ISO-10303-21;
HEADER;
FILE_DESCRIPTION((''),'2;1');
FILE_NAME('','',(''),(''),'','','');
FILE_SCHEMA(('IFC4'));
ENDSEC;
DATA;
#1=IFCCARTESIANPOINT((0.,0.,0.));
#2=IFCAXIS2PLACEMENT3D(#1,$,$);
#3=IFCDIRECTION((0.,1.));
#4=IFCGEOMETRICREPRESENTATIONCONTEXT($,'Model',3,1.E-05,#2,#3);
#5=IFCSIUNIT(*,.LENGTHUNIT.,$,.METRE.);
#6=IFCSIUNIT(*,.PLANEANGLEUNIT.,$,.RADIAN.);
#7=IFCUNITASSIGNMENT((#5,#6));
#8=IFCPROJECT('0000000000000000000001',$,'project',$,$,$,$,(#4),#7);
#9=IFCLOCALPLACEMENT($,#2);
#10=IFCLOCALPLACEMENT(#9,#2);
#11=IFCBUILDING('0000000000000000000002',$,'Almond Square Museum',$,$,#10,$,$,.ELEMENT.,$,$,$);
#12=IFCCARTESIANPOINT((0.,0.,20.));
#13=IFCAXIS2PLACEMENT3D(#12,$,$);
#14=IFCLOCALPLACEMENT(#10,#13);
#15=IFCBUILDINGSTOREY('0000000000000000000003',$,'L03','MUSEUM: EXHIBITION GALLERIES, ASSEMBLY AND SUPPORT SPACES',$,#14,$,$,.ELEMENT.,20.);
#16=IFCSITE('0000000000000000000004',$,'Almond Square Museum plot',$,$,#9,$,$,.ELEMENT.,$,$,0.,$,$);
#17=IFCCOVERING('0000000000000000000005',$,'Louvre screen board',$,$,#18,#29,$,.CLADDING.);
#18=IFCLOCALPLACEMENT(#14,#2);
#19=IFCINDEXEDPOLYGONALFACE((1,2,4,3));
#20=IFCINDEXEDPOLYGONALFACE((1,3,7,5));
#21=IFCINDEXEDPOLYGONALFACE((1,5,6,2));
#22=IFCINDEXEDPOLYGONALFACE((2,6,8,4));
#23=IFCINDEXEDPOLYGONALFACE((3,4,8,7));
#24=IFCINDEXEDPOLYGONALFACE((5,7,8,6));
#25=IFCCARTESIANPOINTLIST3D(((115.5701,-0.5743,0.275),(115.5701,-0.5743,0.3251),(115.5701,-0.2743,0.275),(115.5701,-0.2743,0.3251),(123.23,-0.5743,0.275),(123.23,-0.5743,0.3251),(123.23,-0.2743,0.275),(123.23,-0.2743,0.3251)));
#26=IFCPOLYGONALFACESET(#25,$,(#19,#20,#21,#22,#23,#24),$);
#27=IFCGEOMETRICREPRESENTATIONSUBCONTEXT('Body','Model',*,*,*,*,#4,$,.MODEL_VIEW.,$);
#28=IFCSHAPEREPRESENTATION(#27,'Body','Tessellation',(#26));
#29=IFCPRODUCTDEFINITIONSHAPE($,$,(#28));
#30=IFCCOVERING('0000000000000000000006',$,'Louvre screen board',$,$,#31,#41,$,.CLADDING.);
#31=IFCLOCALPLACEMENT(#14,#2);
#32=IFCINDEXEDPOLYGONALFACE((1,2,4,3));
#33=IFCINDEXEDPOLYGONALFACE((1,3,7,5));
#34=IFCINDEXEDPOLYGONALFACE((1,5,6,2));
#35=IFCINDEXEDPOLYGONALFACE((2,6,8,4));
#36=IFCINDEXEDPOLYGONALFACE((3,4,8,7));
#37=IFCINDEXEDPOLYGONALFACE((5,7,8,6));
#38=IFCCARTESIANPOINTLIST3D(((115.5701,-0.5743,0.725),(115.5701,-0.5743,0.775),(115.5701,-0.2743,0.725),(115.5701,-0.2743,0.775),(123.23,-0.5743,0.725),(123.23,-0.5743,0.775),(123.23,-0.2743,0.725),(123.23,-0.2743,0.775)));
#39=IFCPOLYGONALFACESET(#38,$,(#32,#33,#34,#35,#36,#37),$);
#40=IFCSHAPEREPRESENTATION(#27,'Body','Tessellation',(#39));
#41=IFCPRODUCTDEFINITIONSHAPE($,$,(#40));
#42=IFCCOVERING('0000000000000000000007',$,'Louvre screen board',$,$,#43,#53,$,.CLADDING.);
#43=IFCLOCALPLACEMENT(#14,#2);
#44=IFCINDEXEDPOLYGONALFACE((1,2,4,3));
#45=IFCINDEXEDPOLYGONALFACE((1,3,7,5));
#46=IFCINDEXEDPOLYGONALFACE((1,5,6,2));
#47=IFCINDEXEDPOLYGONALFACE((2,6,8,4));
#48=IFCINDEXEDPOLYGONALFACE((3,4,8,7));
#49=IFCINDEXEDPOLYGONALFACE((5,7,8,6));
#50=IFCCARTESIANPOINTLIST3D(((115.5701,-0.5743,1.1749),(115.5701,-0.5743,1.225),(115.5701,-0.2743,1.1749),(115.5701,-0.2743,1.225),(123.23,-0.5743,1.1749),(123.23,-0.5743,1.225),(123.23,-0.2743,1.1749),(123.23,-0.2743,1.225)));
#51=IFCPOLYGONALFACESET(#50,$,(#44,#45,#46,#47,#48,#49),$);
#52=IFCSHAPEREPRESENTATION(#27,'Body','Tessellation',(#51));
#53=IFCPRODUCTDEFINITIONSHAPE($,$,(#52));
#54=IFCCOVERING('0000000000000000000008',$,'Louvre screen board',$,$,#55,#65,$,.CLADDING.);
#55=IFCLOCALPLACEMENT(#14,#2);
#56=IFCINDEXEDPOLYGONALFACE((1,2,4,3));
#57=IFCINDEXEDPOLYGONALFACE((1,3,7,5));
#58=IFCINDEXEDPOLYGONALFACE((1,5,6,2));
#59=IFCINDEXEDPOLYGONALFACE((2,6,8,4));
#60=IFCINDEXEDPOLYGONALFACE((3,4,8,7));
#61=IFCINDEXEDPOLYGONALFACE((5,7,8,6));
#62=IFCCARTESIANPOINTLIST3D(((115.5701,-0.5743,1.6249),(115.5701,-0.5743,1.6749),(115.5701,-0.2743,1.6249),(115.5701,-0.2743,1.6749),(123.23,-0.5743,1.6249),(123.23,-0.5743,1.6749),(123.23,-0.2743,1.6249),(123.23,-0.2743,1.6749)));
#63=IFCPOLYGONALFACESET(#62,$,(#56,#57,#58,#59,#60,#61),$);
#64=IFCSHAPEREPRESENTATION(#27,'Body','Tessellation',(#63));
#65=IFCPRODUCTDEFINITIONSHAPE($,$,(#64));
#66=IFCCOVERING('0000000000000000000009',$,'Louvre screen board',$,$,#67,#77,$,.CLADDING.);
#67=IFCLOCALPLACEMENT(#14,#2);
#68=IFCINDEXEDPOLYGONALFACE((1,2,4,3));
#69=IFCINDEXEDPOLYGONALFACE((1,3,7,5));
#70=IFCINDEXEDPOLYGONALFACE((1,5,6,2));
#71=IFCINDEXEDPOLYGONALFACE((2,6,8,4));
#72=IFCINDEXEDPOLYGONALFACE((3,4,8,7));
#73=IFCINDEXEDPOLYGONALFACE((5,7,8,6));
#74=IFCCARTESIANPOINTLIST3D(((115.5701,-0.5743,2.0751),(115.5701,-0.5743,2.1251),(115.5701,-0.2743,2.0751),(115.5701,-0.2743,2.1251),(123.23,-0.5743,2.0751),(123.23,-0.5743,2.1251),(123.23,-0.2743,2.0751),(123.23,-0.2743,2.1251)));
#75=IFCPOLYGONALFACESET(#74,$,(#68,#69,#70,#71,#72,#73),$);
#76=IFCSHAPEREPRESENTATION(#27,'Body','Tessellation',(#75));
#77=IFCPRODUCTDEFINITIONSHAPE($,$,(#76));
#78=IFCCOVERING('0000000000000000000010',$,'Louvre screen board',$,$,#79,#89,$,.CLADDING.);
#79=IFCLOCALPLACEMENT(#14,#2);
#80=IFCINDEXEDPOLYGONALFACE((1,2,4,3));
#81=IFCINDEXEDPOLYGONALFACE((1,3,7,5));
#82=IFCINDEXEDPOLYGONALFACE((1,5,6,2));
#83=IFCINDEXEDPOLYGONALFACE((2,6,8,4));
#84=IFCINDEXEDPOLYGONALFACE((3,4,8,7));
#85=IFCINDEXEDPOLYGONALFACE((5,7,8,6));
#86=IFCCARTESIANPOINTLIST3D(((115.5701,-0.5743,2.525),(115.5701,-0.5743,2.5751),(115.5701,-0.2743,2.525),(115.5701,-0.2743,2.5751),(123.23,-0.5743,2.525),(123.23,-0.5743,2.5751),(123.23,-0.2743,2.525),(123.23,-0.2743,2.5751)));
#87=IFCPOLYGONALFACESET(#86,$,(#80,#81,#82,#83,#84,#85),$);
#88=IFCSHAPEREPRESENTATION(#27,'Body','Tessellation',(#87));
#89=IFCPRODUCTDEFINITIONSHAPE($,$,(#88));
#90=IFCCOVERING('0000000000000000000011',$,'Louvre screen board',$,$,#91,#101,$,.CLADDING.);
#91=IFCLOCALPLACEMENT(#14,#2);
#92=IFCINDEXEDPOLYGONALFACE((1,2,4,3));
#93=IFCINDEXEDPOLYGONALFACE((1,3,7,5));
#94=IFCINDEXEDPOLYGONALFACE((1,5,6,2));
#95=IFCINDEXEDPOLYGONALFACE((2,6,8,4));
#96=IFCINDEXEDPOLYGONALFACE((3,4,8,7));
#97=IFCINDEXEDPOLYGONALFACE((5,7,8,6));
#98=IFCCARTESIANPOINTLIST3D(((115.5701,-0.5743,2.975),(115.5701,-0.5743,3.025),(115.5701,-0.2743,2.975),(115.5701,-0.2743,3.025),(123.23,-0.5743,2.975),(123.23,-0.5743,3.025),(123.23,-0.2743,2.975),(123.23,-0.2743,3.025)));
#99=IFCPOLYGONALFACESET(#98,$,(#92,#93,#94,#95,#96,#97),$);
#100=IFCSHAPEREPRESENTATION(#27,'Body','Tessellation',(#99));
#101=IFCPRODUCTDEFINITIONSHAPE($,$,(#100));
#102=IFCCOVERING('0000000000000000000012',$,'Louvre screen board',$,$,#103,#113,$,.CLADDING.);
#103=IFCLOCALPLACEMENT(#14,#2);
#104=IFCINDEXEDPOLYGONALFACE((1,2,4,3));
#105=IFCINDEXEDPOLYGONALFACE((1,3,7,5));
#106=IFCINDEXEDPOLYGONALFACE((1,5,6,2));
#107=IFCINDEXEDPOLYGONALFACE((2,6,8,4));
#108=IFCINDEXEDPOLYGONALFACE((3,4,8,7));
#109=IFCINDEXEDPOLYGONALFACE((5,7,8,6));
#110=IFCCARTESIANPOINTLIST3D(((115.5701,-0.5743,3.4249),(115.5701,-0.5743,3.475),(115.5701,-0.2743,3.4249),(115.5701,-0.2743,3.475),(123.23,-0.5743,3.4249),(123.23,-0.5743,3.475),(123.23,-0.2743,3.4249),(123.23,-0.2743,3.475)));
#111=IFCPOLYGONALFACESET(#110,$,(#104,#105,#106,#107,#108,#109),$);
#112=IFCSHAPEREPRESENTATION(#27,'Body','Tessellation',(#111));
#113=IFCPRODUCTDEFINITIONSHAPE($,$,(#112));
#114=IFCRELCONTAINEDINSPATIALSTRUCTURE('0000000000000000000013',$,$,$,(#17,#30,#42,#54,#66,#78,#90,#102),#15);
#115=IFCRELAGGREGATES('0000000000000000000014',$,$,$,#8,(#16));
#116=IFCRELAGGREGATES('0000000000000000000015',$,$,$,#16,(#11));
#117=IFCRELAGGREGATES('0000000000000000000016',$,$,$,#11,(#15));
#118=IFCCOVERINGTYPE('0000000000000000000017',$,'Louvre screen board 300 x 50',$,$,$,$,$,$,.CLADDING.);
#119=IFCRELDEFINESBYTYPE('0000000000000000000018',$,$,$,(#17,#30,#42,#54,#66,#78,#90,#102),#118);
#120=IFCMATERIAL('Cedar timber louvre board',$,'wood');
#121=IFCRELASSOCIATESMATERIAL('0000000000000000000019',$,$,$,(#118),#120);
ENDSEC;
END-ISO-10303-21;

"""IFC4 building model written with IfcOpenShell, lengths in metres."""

from ifc_helpers import new_model, si_unit, direction, frame, origin, origin_2d, place, context, subcontext, project, spatial, rectangle, extrude, material, material_profile, profile_set, type_object, element, save


model = new_model("IFC4")

# Units and contexts
model_context = context("Model", 3, precision=1e-05, world=origin(), true_north=direction((0.0, 1.0)))
body_context = subcontext(model_context, "Body", "Model", "MODEL_VIEW")
ifc_project = project(units=[si_unit("LENGTHUNIT", "METRE"), si_unit("PLANEANGLEUNIT", "RADIAN")], contexts=[model_context])

# Site, building, storey
site_placement = place(None, origin())
site = spatial("IfcSite", under=ifc_project, at=site_placement, Name="Almond Square Museum plot", CompositionType="ELEMENT", RefElevation=0.0)
building_placement = place(site_placement, origin())
building = spatial("IfcBuilding", under=site, at=building_placement, Name="Almond Square Museum", CompositionType="ELEMENT")
storey_placement = place(building_placement, frame((0.0, 0.0, 20.0)))
storey = spatial("IfcBuildingStorey", under=building, at=storey_placement, Name="L03", Description="MUSEUM: EXHIBITION GALLERIES, ASSEMBLY AND SUPPORT SPACES", CompositionType="ELEMENT", Elevation=20.0)

# Coverings
ifc_material_1 = material(Name="Cedar timber louvre board", Category="wood")
ifc_material_profile_1 = material_profile(ifc_material_1, rectangle(XDim=0.3, YDim=0.05, at=origin_2d()))
ifc_profile_set_1 = profile_set([ifc_material_profile_1], Name="Cedar timber louvre board")
covering_type = type_object("IfcCoveringType", Name="Louvre screen board 300 x 50", PredefinedType="CLADDING", material=ifc_profile_set_1)
for number, where, z_axis, x_axis, name in (
    (1, (115.5701, -0.4243, 0.3), (1.0, 0.0, 0.0), (0.0, 1.0, 0.0), "Louvre screen board"),
    (2, (115.5701, -0.4243, 0.75), (1.0, 0.0, 0.0), (0.0, 1.0, 0.0), "Louvre screen board"),
    (3, (115.5701, -0.4243, 1.2), (1.0, 0.0, 0.0), (0.0, 1.0, 0.0), "Louvre screen board"),
    (4, (115.5701, -0.4243, 1.6499), (1.0, 0.0, 0.0), (0.0, 1.0, 0.0), "Louvre screen board"),
    (5, (115.5701, -0.4243, 2.1001), (1.0, 0.0, 0.0), (0.0, 1.0, 0.0), "Louvre screen board"),
    (6, (115.5701, -0.4243, 2.55), (1.0, 0.0, 0.0), (0.0, 1.0, 0.0), "Louvre screen board"),
    (7, (115.5701, -0.4243, 3.0), (1.0, 0.0, 0.0), (0.0, 1.0, 0.0), "Louvre screen board"),
    (8, (115.5701, -0.4243, 3.45), (1.0, 0.0, 0.0), (0.0, 1.0, 0.0), "Louvre screen board"),
):
    element("IfcCovering", number, at=place(storey_placement, frame(where, z_axis=z_axis, x_axis=x_axis)), inside=storey, type_object=covering_type, Name=name, PredefinedType="CLADDING", context=body_context, shape_type="SweptSolid", body=[
        extrude(rectangle(XDim=0.3, YDim=0.05, at=origin_2d()), origin(), (0.0, 0.0, 1.0), 7.6599),
    ])

save(model, "model.ifc")
